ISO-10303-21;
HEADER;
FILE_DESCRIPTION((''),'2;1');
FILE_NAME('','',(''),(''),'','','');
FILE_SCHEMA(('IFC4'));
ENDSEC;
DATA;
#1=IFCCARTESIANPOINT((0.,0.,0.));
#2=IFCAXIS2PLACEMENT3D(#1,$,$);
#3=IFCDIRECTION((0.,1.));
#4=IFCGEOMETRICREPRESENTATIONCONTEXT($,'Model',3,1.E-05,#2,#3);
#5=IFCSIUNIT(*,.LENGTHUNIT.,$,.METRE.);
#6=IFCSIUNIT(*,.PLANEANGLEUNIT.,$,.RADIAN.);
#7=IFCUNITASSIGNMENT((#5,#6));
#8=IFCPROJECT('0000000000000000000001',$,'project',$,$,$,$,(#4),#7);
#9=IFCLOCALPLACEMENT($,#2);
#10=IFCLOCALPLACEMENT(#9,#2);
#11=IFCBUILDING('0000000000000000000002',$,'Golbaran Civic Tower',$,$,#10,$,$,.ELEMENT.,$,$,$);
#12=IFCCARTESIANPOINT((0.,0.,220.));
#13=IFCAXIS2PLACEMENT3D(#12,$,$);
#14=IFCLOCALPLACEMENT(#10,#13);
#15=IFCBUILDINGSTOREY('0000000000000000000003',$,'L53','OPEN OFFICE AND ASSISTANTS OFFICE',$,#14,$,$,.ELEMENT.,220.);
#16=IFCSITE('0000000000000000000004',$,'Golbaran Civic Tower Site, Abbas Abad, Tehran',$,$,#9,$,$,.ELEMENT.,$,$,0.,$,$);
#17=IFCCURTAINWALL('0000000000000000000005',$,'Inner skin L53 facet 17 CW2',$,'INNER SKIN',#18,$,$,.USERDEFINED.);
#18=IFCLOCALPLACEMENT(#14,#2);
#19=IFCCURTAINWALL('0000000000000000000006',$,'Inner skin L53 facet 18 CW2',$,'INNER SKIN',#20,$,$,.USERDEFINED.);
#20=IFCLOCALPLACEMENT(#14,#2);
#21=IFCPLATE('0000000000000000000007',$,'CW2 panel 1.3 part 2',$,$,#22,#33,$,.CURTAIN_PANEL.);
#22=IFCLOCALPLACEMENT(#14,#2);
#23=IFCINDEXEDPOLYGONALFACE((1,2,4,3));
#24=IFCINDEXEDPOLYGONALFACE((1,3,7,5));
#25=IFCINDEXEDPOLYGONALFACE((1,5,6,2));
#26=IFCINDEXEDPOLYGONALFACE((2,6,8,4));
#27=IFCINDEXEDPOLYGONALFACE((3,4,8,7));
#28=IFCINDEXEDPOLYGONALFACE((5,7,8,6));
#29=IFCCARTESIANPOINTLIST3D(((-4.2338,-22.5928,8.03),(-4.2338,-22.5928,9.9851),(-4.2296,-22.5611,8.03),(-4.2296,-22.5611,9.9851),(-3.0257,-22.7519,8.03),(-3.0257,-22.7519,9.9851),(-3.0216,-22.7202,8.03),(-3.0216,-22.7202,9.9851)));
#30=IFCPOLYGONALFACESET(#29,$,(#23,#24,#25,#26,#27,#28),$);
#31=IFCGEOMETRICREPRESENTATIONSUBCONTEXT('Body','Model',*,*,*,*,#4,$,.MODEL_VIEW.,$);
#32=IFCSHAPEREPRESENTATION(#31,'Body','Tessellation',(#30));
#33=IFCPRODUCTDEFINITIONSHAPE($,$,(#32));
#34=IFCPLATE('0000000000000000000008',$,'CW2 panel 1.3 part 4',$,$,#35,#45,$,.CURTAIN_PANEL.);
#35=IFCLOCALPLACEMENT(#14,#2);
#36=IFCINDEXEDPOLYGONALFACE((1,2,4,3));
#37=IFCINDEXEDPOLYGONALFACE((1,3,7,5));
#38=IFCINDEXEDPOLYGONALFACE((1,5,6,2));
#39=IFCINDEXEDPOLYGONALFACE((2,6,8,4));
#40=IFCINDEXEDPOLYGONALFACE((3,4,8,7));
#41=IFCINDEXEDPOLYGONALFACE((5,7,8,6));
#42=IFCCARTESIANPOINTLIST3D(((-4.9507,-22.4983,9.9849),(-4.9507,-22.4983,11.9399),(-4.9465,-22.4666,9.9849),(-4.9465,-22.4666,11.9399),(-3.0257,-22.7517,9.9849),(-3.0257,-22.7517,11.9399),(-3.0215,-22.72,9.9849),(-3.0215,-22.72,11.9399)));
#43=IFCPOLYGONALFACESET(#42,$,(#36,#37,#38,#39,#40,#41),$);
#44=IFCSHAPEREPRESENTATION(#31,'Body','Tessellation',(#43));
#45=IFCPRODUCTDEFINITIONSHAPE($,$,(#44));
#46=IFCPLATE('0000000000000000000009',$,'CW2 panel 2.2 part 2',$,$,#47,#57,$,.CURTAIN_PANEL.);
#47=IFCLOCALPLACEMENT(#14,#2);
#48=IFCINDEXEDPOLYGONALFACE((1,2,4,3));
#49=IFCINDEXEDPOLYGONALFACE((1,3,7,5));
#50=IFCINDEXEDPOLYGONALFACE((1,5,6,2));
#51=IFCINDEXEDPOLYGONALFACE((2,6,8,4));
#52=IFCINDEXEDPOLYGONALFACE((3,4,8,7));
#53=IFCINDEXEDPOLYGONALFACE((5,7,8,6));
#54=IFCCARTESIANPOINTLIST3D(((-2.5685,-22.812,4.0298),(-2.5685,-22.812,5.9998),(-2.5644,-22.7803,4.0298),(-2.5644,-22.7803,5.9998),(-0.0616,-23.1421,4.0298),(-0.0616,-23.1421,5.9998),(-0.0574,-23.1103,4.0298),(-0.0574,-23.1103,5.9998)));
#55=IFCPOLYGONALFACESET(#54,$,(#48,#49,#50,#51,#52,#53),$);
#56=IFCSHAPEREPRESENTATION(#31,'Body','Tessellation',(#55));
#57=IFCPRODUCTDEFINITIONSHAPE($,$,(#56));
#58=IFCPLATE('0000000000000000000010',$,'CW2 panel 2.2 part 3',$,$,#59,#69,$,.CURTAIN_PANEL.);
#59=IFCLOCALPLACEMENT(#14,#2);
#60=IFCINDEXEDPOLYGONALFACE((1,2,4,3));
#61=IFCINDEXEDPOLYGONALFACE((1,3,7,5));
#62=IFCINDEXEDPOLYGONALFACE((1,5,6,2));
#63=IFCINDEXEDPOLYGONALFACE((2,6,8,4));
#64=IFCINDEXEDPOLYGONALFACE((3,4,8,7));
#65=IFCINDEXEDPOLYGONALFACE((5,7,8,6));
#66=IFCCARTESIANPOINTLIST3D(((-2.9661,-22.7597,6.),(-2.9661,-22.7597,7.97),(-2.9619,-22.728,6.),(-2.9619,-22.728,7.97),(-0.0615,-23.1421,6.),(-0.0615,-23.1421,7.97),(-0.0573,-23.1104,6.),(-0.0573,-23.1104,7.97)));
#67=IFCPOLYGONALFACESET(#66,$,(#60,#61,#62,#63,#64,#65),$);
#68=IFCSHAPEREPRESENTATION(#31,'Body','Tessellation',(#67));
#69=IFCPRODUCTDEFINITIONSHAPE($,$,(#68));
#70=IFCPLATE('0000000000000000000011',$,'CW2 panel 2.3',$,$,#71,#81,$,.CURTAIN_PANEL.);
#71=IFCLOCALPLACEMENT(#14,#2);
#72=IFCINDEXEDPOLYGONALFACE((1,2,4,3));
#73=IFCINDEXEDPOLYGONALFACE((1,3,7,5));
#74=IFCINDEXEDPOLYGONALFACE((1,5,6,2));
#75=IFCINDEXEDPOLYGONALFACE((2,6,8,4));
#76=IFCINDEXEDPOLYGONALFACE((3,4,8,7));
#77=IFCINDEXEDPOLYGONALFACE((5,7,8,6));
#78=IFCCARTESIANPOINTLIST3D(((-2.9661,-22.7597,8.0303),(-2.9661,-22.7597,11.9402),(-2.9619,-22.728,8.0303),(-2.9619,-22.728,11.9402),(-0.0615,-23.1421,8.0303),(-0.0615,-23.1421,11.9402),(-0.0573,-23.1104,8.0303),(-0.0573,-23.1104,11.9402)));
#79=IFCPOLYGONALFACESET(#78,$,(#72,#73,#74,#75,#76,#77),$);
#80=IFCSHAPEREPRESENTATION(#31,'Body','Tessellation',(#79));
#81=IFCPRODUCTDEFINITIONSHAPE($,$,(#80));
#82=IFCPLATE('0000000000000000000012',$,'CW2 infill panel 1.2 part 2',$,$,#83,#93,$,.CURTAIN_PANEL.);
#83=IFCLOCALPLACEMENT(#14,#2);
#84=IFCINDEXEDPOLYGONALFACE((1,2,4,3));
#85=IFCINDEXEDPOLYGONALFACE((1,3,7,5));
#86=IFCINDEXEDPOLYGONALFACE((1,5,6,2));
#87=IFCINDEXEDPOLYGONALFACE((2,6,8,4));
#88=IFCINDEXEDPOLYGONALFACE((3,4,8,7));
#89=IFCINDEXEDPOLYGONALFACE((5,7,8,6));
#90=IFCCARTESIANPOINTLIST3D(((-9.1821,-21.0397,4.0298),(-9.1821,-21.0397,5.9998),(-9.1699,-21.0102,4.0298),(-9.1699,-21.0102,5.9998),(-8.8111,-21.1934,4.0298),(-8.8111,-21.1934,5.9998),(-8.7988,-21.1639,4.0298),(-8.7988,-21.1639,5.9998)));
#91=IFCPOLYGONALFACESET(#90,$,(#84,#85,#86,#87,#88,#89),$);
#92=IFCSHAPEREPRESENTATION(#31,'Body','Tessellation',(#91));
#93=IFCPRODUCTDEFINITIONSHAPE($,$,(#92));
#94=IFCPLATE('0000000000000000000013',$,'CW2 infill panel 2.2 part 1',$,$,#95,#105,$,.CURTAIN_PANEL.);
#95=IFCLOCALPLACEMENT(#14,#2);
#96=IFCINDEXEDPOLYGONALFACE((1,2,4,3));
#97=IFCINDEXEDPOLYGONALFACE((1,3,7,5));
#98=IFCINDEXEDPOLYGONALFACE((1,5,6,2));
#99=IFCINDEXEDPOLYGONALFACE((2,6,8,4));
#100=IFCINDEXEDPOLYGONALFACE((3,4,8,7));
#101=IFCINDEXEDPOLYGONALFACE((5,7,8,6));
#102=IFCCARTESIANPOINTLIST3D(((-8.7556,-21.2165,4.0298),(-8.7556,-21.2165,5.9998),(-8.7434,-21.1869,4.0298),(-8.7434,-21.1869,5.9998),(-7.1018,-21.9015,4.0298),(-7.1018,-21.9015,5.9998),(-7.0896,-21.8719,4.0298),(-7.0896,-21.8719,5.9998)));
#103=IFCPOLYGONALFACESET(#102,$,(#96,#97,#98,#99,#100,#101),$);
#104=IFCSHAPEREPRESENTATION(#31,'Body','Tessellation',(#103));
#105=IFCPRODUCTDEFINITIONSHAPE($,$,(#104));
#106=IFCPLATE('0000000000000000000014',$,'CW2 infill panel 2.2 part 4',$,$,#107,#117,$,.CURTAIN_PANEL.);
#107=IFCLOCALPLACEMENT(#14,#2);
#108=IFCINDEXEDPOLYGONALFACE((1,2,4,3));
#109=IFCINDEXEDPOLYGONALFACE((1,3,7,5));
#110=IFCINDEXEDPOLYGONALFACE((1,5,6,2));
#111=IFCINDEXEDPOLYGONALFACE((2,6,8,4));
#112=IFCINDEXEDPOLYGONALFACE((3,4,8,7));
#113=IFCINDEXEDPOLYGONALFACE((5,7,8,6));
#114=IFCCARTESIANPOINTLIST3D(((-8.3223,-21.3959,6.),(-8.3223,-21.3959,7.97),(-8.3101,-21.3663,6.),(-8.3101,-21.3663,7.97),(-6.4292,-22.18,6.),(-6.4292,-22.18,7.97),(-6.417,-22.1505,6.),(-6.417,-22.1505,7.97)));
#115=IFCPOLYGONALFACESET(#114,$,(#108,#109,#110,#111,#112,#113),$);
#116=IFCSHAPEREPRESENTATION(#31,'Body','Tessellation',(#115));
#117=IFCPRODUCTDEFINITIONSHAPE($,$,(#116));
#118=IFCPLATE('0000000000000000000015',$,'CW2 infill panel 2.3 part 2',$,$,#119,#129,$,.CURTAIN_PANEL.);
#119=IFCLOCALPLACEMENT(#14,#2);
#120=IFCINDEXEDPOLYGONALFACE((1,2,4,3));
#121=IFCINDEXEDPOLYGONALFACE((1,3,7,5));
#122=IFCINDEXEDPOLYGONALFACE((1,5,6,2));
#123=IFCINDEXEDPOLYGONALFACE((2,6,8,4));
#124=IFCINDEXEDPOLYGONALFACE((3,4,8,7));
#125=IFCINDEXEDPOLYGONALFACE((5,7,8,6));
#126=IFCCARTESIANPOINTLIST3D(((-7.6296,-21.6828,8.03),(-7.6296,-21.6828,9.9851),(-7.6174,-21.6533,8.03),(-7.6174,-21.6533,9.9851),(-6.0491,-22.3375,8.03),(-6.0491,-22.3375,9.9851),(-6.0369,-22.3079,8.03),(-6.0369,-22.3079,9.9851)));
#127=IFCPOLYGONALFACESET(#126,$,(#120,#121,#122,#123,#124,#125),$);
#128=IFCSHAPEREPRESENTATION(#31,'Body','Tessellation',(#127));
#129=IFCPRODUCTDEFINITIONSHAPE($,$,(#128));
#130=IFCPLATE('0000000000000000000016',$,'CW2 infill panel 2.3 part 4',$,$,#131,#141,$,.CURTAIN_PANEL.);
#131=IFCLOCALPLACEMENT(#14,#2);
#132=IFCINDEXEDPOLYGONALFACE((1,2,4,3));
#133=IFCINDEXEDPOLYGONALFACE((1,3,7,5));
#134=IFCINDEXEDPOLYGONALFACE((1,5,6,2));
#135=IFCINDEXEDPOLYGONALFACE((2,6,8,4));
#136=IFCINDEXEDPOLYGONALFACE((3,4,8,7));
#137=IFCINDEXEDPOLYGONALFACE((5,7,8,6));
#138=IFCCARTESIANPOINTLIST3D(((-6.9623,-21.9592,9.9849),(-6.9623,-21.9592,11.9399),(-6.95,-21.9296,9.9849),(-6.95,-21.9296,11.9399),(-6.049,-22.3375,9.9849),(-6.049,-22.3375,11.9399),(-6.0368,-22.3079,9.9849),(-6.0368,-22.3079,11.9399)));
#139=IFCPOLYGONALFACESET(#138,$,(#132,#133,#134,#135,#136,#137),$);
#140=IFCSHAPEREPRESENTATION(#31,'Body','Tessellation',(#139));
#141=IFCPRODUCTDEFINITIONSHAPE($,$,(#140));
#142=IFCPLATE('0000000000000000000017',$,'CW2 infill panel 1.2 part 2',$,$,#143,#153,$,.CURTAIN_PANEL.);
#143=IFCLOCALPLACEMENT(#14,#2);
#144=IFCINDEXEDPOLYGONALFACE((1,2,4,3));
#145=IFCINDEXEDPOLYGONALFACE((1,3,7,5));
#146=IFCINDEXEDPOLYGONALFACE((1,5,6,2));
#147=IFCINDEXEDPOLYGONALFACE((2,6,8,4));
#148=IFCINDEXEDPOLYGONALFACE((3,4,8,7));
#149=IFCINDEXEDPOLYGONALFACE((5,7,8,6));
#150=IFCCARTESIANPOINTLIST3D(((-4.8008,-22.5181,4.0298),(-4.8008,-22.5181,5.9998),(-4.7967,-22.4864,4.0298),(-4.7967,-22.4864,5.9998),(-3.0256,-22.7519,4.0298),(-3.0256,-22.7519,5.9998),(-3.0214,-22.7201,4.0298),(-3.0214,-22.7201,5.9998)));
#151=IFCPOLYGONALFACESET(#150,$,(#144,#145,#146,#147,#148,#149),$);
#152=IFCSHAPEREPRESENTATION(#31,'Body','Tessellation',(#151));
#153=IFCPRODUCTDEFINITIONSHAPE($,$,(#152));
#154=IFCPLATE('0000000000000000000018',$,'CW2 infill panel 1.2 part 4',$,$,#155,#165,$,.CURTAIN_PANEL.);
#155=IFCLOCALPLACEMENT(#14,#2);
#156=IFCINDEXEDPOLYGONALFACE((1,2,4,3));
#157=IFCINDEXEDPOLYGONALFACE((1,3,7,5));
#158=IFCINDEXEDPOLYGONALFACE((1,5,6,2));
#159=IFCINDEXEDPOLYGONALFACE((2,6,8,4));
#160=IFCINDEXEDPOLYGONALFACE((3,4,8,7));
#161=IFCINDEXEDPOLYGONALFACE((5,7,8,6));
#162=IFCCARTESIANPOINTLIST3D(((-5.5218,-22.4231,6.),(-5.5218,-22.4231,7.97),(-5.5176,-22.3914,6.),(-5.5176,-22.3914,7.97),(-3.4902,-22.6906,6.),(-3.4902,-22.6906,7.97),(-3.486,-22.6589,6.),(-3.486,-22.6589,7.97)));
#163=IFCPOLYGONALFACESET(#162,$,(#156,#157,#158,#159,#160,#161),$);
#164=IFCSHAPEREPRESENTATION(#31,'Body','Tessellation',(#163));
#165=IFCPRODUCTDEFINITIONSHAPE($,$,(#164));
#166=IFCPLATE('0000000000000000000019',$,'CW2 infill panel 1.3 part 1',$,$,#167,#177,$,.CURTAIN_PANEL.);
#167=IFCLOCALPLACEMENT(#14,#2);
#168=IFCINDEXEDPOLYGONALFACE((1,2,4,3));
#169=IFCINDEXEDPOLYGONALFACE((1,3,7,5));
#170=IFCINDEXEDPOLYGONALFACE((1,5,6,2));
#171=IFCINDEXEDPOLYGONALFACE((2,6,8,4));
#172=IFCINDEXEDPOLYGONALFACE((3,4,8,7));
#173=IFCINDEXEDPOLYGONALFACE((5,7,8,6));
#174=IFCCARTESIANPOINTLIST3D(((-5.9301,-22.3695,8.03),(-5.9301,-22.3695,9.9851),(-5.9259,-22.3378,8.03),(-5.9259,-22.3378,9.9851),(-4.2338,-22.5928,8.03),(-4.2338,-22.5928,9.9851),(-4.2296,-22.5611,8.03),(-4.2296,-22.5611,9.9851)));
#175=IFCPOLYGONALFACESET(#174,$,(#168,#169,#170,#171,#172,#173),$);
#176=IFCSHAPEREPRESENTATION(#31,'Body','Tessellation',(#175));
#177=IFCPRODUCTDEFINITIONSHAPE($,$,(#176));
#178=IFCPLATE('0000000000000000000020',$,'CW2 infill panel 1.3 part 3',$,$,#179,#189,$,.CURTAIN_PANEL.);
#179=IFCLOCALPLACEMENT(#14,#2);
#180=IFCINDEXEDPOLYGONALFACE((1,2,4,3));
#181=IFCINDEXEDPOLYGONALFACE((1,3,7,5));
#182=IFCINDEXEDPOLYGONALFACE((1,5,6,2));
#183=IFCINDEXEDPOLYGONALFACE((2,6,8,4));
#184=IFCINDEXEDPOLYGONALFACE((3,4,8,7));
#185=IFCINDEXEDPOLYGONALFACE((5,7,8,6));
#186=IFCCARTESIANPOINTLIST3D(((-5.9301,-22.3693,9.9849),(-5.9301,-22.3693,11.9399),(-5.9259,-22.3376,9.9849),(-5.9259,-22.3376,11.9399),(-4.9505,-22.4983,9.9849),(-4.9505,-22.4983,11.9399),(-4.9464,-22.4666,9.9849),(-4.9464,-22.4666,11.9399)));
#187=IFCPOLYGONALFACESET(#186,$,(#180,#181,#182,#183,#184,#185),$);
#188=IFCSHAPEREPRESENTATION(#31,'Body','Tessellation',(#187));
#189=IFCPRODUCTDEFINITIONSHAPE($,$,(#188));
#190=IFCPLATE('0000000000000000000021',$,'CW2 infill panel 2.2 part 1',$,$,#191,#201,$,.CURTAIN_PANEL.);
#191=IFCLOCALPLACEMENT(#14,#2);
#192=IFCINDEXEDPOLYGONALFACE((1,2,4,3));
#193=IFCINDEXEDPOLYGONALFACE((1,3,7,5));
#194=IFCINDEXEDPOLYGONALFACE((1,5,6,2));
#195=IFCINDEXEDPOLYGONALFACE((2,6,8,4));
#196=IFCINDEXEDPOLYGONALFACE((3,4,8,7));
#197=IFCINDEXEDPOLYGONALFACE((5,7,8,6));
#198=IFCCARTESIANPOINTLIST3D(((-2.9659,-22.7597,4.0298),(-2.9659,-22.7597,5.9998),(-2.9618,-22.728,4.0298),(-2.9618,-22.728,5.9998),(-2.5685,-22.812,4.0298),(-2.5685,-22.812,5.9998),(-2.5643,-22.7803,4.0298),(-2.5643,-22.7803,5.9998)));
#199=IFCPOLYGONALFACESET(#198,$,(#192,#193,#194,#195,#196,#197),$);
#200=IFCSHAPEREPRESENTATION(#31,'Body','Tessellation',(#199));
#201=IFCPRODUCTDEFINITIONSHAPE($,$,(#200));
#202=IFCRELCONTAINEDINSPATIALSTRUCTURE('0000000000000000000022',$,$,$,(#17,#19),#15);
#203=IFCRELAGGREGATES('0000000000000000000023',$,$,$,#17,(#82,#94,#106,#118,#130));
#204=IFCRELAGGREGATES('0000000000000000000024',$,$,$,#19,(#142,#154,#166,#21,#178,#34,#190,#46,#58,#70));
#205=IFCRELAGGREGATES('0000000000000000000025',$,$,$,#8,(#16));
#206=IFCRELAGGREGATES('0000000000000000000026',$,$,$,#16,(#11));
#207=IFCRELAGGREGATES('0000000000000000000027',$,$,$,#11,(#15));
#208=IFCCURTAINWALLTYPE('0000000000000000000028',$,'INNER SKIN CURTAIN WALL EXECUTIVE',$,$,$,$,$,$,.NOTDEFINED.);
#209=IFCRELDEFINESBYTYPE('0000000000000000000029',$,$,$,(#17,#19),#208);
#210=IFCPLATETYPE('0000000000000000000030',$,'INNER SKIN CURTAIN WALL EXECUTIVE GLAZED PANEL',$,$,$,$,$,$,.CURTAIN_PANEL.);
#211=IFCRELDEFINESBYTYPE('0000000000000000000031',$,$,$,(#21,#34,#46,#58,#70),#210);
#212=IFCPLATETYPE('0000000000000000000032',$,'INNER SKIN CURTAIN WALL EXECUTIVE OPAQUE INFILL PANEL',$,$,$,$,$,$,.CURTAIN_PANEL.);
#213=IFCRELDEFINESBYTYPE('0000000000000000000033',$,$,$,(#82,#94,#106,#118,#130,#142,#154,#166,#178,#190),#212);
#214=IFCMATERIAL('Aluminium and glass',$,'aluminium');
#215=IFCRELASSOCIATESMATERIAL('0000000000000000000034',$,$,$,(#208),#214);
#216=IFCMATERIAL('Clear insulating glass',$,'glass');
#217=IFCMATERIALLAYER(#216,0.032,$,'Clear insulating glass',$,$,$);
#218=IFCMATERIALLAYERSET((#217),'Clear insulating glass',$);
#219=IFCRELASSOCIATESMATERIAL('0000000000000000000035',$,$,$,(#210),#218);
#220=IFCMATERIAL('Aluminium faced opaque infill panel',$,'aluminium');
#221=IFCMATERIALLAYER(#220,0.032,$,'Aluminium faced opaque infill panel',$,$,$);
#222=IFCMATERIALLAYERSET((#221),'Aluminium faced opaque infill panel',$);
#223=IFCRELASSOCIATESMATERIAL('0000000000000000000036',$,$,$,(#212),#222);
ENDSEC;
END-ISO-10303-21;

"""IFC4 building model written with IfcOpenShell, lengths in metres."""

from ifc_helpers import new_model, si_unit, direction, frame, origin, origin_2d, place, context, subcontext, project, spatial, rectangle, extrude, material, layer, layer_set, type_object, element, aggregate, save


model = new_model("IFC4")

# Units and contexts
model_context = context("Model", 3, precision=1e-05, world=origin(), true_north=direction((0.0, 1.0)))
body_context = subcontext(model_context, "Body", "Model", "MODEL_VIEW")
ifc_project = project(units=[si_unit("LENGTHUNIT", "METRE"), si_unit("PLANEANGLEUNIT", "RADIAN")], contexts=[model_context])

# Site, building, storey
site_placement = place(None, origin())
site = spatial("IfcSite", under=ifc_project, at=site_placement, Name="Golbaran Civic Tower Site, Abbas Abad, Tehran", CompositionType="ELEMENT", RefElevation=0.0)
building_placement = place(site_placement, origin())
building = spatial("IfcBuilding", under=site, at=building_placement, Name="Golbaran Civic Tower", CompositionType="ELEMENT")
storey_placement = place(building_placement, frame((0.0, 0.0, 220.0)))
storey = spatial("IfcBuildingStorey", under=building, at=storey_placement, Name="L53", Description="OPEN OFFICE AND ASSISTANTS OFFICE", CompositionType="ELEMENT", Elevation=220.0)

# Curtain walls
ifc_material_1 = material(Name="Aluminium and glass", Category="aluminium")
curtain_wall_type = type_object("IfcCurtainWallType", Name="INNER SKIN CURTAIN WALL EXECUTIVE", PredefinedType="NOTDEFINED", material=ifc_material_1)
curtain_wall_1_placement = place(storey_placement, origin())
curtain_wall_1 = element("IfcCurtainWall", 1, at=curtain_wall_1_placement, inside=storey, type_object=curtain_wall_type, Name="Inner skin L53 facet 17 CW2", ObjectType="INNER SKIN", PredefinedType="USERDEFINED")
curtain_wall_2_placement = place(storey_placement, origin())
curtain_wall_2 = element("IfcCurtainWall", 2, at=curtain_wall_2_placement, inside=storey, type_object=curtain_wall_type, Name="Inner skin L53 facet 18 CW2", ObjectType="INNER SKIN", PredefinedType="USERDEFINED")

# Plates
ifc_material_2 = material(Name="Clear insulating glass", Category="glass")
ifc_layer_1 = layer(ifc_material_2, 0.032, Name="Clear insulating glass")
ifc_layer_set_1 = layer_set([ifc_layer_1], Name="Clear insulating glass")
plate_type_1 = type_object("IfcPlateType", Name="INNER SKIN CURTAIN WALL EXECUTIVE GLAZED PANEL", PredefinedType="CURTAIN_PANEL", material=ifc_layer_set_1)
plate_1_placement = place(storey_placement, frame((-3.6277, -22.6565, 8.03), z_axis=(0.0, 0.0, 1.0), x_axis=(0.991445, -0.130526, 0.0)))
plate_1 = element("IfcPlate", 3, at=plate_1_placement, type_object=plate_type_1, Name="CW2 panel 1.3 part 2", PredefinedType="CURTAIN_PANEL", context=body_context, shape_type="SweptSolid", body=[
    extrude(rectangle(XDim=1.2185, YDim=0.032, at=origin_2d()), origin(), (0.0, 0.0, 1.0), 1.9551),
])
plate_2_placement = place(storey_placement, frame((-3.9861, -22.6091, 9.9849), z_axis=(0.0, 0.0, 1.0), x_axis=(0.991445, -0.130526, 0.0)))
plate_2 = element("IfcPlate", 4, at=plate_2_placement, type_object=plate_type_1, Name="CW2 panel 1.3 part 4", PredefinedType="CURTAIN_PANEL", context=body_context, shape_type="SweptSolid", body=[
    extrude(rectangle(XDim=1.9417, YDim=0.032, at=origin_2d()), origin(), (0.0, 0.0, 1.0), 1.9551),
])
plate_3_placement = place(storey_placement, frame((-1.313, -22.9612, 4.0298), z_axis=(0.0, 0.0, 1.0), x_axis=(0.991445, -0.130526, 0.0)))
plate_3 = element("IfcPlate", 5, at=plate_3_placement, type_object=plate_type_1, Name="CW2 panel 2.2 part 2", PredefinedType="CURTAIN_PANEL", context=body_context, shape_type="SweptSolid", body=[
    extrude(rectangle(XDim=2.5286, YDim=0.032, at=origin_2d()), origin(), (0.0, 0.0, 1.0), 1.97),
])
plate_4_placement = place(storey_placement, frame((-1.5117, -22.9351, 6.0), z_axis=(0.0, 0.0, 1.0), x_axis=(0.991445, -0.130526, 0.0)))
plate_4 = element("IfcPlate", 6, at=plate_4_placement, type_object=plate_type_1, Name="CW2 panel 2.2 part 3", PredefinedType="CURTAIN_PANEL", context=body_context, shape_type="SweptSolid", body=[
    extrude(rectangle(XDim=2.9297, YDim=0.032, at=origin_2d()), origin(), (0.0, 0.0, 1.0), 1.97),
])
plate_5_placement = place(storey_placement, frame((-1.5117, -22.9351, 8.0303), z_axis=(0.0, 0.0, 1.0), x_axis=(0.991445, -0.130526, 0.0)))
plate_5 = element("IfcPlate", 7, at=plate_5_placement, type_object=plate_type_1, Name="CW2 panel 2.3", PredefinedType="CURTAIN_PANEL", context=body_context, shape_type="SweptSolid", body=[
    extrude(rectangle(XDim=2.9297, YDim=0.032, at=origin_2d()), origin(), (0.0, 0.0, 1.0), 3.9099),
])
ifc_material_3 = material(Name="Aluminium faced opaque infill panel", Category="aluminium")
ifc_layer_2 = layer(ifc_material_3, 0.032, Name="Aluminium faced opaque infill panel")
ifc_layer_set_2 = layer_set([ifc_layer_2], Name="Aluminium faced opaque infill panel")
plate_type_2 = type_object("IfcPlateType", Name="INNER SKIN CURTAIN WALL EXECUTIVE OPAQUE INFILL PANEL", PredefinedType="CURTAIN_PANEL", material=ifc_layer_set_2)
plate_6_placement = place(storey_placement, frame((-8.9905, -21.1018, 4.0298), z_axis=(0.0, 0.0, 1.0), x_axis=(0.92388, -0.382683, 0.0)))
plate_6 = element("IfcPlate", 8, at=plate_6_placement, type_object=plate_type_2, Name="CW2 infill panel 1.2 part 2", PredefinedType="CURTAIN_PANEL", context=body_context, shape_type="SweptSolid", body=[
    extrude(rectangle(XDim=0.4016, YDim=0.032, at=origin_2d()), origin(), (0.0, 0.0, 1.0), 1.97),
])
plate_7_placement = place(storey_placement, frame((-7.9226, -21.5442, 4.0298), z_axis=(0.0, 0.0, 1.0), x_axis=(0.92388, -0.382683, 0.0)))
plate_7 = element("IfcPlate", 9, at=plate_7_placement, type_object=plate_type_2, Name="CW2 infill panel 2.2 part 1", PredefinedType="CURTAIN_PANEL", context=body_context, shape_type="SweptSolid", body=[
    extrude(rectangle(XDim=1.79, YDim=0.032, at=origin_2d()), origin(), (0.0, 0.0, 1.0), 1.97),
])
plate_8_placement = place(storey_placement, frame((-7.3696, -21.7732, 6.0), z_axis=(0.0, 0.0, 1.0), x_axis=(0.92388, -0.382683, 0.0)))
plate_8 = element("IfcPlate", 10, at=plate_8_placement, type_object=plate_type_2, Name="CW2 infill panel 2.2 part 4", PredefinedType="CURTAIN_PANEL", context=body_context, shape_type="SweptSolid", body=[
    extrude(rectangle(XDim=2.0491, YDim=0.032, at=origin_2d()), origin(), (0.0, 0.0, 1.0), 1.97),
])
plate_9_placement = place(storey_placement, frame((-6.8333, -21.9954, 8.03), z_axis=(0.0, 0.0, 1.0), x_axis=(0.92388, -0.382683, 0.0)))
plate_9 = element("IfcPlate", 11, at=plate_9_placement, type_object=plate_type_2, Name="CW2 infill panel 2.3 part 2", PredefinedType="CURTAIN_PANEL", context=body_context, shape_type="SweptSolid", body=[
    extrude(rectangle(XDim=1.7107, YDim=0.032, at=origin_2d()), origin(), (0.0, 0.0, 1.0), 1.9551),
])
plate_10_placement = place(storey_placement, frame((-6.4995, -22.1335, 9.9849), z_axis=(0.0, 0.0, 1.0), x_axis=(0.92388, -0.382683, 0.0)))
plate_10 = element("IfcPlate", 12, at=plate_10_placement, type_object=plate_type_2, Name="CW2 infill panel 2.3 part 4", PredefinedType="CURTAIN_PANEL", context=body_context, shape_type="SweptSolid", body=[
    extrude(rectangle(XDim=0.9885, YDim=0.032, at=origin_2d()), origin(), (0.0, 0.0, 1.0), 1.9551),
])
aggregate(curtain_wall_1, [plate_6, plate_7, plate_8, plate_9, plate_10])
plate_11_placement = place(storey_placement, frame((-3.9111, -22.6191, 4.0298), z_axis=(0.0, 0.0, 1.0), x_axis=(0.991445, -0.130526, 0.0)))
plate_11 = element("IfcPlate", 13, at=plate_11_placement, type_object=plate_type_2, Name="CW2 infill panel 1.2 part 2", PredefinedType="CURTAIN_PANEL", context=body_context, shape_type="SweptSolid", body=[
    extrude(rectangle(XDim=1.7905, YDim=0.032, at=origin_2d()), origin(), (0.0, 0.0, 1.0), 1.97),
])
plate_12_placement = place(storey_placement, frame((-4.5039, -22.541, 6.0), z_axis=(0.0, 0.0, 1.0), x_axis=(0.991445, -0.130526, 0.0)))
plate_12 = element("IfcPlate", 14, at=plate_12_placement, type_object=plate_type_2, Name="CW2 infill panel 1.2 part 4", PredefinedType="CURTAIN_PANEL", context=body_context, shape_type="SweptSolid", body=[
    extrude(rectangle(XDim=2.0491, YDim=0.032, at=origin_2d()), origin(), (0.0, 0.0, 1.0), 1.97),
])
plate_13_placement = place(storey_placement, frame((-5.0798, -22.4653, 8.03), z_axis=(0.0, 0.0, 1.0), x_axis=(0.991445, -0.130526, 0.0)))
plate_13 = element("IfcPlate", 15, at=plate_13_placement, type_object=plate_type_2, Name="CW2 infill panel 1.3 part 1", PredefinedType="CURTAIN_PANEL", context=body_context, shape_type="SweptSolid", body=[
    extrude(rectangle(XDim=1.7109, YDim=0.032, at=origin_2d()), origin(), (0.0, 0.0, 1.0), 1.9551),
])
plate_14_placement = place(storey_placement, frame((-5.4382, -22.418, 9.9849), z_axis=(0.0, 0.0, 1.0), x_axis=(0.991445, -0.130526, 0.0)))
plate_14 = element("IfcPlate", 16, at=plate_14_placement, type_object=plate_type_2, Name="CW2 infill panel 1.3 part 3", PredefinedType="CURTAIN_PANEL", context=body_context, shape_type="SweptSolid", body=[
    extrude(rectangle(XDim=0.988, YDim=0.032, at=origin_2d()), origin(), (0.0, 0.0, 1.0), 1.9551),
])
plate_15_placement = place(storey_placement, frame((-2.7651, -22.77, 4.0298), z_axis=(0.0, 0.0, 1.0), x_axis=(0.991445, -0.130526, 0.0)))
plate_15 = element("IfcPlate", 17, at=plate_15_placement, type_object=plate_type_2, Name="CW2 infill panel 2.2 part 1", PredefinedType="CURTAIN_PANEL", context=body_context, shape_type="SweptSolid", body=[
    extrude(rectangle(XDim=0.4009, YDim=0.032, at=origin_2d()), origin(), (0.0, 0.0, 1.0), 1.97),
])
aggregate(curtain_wall_2, [plate_11, plate_12, plate_13, plate_1, plate_14, plate_2, plate_15, plate_3, plate_4, plate_5])

save(model, "model.ifc")
